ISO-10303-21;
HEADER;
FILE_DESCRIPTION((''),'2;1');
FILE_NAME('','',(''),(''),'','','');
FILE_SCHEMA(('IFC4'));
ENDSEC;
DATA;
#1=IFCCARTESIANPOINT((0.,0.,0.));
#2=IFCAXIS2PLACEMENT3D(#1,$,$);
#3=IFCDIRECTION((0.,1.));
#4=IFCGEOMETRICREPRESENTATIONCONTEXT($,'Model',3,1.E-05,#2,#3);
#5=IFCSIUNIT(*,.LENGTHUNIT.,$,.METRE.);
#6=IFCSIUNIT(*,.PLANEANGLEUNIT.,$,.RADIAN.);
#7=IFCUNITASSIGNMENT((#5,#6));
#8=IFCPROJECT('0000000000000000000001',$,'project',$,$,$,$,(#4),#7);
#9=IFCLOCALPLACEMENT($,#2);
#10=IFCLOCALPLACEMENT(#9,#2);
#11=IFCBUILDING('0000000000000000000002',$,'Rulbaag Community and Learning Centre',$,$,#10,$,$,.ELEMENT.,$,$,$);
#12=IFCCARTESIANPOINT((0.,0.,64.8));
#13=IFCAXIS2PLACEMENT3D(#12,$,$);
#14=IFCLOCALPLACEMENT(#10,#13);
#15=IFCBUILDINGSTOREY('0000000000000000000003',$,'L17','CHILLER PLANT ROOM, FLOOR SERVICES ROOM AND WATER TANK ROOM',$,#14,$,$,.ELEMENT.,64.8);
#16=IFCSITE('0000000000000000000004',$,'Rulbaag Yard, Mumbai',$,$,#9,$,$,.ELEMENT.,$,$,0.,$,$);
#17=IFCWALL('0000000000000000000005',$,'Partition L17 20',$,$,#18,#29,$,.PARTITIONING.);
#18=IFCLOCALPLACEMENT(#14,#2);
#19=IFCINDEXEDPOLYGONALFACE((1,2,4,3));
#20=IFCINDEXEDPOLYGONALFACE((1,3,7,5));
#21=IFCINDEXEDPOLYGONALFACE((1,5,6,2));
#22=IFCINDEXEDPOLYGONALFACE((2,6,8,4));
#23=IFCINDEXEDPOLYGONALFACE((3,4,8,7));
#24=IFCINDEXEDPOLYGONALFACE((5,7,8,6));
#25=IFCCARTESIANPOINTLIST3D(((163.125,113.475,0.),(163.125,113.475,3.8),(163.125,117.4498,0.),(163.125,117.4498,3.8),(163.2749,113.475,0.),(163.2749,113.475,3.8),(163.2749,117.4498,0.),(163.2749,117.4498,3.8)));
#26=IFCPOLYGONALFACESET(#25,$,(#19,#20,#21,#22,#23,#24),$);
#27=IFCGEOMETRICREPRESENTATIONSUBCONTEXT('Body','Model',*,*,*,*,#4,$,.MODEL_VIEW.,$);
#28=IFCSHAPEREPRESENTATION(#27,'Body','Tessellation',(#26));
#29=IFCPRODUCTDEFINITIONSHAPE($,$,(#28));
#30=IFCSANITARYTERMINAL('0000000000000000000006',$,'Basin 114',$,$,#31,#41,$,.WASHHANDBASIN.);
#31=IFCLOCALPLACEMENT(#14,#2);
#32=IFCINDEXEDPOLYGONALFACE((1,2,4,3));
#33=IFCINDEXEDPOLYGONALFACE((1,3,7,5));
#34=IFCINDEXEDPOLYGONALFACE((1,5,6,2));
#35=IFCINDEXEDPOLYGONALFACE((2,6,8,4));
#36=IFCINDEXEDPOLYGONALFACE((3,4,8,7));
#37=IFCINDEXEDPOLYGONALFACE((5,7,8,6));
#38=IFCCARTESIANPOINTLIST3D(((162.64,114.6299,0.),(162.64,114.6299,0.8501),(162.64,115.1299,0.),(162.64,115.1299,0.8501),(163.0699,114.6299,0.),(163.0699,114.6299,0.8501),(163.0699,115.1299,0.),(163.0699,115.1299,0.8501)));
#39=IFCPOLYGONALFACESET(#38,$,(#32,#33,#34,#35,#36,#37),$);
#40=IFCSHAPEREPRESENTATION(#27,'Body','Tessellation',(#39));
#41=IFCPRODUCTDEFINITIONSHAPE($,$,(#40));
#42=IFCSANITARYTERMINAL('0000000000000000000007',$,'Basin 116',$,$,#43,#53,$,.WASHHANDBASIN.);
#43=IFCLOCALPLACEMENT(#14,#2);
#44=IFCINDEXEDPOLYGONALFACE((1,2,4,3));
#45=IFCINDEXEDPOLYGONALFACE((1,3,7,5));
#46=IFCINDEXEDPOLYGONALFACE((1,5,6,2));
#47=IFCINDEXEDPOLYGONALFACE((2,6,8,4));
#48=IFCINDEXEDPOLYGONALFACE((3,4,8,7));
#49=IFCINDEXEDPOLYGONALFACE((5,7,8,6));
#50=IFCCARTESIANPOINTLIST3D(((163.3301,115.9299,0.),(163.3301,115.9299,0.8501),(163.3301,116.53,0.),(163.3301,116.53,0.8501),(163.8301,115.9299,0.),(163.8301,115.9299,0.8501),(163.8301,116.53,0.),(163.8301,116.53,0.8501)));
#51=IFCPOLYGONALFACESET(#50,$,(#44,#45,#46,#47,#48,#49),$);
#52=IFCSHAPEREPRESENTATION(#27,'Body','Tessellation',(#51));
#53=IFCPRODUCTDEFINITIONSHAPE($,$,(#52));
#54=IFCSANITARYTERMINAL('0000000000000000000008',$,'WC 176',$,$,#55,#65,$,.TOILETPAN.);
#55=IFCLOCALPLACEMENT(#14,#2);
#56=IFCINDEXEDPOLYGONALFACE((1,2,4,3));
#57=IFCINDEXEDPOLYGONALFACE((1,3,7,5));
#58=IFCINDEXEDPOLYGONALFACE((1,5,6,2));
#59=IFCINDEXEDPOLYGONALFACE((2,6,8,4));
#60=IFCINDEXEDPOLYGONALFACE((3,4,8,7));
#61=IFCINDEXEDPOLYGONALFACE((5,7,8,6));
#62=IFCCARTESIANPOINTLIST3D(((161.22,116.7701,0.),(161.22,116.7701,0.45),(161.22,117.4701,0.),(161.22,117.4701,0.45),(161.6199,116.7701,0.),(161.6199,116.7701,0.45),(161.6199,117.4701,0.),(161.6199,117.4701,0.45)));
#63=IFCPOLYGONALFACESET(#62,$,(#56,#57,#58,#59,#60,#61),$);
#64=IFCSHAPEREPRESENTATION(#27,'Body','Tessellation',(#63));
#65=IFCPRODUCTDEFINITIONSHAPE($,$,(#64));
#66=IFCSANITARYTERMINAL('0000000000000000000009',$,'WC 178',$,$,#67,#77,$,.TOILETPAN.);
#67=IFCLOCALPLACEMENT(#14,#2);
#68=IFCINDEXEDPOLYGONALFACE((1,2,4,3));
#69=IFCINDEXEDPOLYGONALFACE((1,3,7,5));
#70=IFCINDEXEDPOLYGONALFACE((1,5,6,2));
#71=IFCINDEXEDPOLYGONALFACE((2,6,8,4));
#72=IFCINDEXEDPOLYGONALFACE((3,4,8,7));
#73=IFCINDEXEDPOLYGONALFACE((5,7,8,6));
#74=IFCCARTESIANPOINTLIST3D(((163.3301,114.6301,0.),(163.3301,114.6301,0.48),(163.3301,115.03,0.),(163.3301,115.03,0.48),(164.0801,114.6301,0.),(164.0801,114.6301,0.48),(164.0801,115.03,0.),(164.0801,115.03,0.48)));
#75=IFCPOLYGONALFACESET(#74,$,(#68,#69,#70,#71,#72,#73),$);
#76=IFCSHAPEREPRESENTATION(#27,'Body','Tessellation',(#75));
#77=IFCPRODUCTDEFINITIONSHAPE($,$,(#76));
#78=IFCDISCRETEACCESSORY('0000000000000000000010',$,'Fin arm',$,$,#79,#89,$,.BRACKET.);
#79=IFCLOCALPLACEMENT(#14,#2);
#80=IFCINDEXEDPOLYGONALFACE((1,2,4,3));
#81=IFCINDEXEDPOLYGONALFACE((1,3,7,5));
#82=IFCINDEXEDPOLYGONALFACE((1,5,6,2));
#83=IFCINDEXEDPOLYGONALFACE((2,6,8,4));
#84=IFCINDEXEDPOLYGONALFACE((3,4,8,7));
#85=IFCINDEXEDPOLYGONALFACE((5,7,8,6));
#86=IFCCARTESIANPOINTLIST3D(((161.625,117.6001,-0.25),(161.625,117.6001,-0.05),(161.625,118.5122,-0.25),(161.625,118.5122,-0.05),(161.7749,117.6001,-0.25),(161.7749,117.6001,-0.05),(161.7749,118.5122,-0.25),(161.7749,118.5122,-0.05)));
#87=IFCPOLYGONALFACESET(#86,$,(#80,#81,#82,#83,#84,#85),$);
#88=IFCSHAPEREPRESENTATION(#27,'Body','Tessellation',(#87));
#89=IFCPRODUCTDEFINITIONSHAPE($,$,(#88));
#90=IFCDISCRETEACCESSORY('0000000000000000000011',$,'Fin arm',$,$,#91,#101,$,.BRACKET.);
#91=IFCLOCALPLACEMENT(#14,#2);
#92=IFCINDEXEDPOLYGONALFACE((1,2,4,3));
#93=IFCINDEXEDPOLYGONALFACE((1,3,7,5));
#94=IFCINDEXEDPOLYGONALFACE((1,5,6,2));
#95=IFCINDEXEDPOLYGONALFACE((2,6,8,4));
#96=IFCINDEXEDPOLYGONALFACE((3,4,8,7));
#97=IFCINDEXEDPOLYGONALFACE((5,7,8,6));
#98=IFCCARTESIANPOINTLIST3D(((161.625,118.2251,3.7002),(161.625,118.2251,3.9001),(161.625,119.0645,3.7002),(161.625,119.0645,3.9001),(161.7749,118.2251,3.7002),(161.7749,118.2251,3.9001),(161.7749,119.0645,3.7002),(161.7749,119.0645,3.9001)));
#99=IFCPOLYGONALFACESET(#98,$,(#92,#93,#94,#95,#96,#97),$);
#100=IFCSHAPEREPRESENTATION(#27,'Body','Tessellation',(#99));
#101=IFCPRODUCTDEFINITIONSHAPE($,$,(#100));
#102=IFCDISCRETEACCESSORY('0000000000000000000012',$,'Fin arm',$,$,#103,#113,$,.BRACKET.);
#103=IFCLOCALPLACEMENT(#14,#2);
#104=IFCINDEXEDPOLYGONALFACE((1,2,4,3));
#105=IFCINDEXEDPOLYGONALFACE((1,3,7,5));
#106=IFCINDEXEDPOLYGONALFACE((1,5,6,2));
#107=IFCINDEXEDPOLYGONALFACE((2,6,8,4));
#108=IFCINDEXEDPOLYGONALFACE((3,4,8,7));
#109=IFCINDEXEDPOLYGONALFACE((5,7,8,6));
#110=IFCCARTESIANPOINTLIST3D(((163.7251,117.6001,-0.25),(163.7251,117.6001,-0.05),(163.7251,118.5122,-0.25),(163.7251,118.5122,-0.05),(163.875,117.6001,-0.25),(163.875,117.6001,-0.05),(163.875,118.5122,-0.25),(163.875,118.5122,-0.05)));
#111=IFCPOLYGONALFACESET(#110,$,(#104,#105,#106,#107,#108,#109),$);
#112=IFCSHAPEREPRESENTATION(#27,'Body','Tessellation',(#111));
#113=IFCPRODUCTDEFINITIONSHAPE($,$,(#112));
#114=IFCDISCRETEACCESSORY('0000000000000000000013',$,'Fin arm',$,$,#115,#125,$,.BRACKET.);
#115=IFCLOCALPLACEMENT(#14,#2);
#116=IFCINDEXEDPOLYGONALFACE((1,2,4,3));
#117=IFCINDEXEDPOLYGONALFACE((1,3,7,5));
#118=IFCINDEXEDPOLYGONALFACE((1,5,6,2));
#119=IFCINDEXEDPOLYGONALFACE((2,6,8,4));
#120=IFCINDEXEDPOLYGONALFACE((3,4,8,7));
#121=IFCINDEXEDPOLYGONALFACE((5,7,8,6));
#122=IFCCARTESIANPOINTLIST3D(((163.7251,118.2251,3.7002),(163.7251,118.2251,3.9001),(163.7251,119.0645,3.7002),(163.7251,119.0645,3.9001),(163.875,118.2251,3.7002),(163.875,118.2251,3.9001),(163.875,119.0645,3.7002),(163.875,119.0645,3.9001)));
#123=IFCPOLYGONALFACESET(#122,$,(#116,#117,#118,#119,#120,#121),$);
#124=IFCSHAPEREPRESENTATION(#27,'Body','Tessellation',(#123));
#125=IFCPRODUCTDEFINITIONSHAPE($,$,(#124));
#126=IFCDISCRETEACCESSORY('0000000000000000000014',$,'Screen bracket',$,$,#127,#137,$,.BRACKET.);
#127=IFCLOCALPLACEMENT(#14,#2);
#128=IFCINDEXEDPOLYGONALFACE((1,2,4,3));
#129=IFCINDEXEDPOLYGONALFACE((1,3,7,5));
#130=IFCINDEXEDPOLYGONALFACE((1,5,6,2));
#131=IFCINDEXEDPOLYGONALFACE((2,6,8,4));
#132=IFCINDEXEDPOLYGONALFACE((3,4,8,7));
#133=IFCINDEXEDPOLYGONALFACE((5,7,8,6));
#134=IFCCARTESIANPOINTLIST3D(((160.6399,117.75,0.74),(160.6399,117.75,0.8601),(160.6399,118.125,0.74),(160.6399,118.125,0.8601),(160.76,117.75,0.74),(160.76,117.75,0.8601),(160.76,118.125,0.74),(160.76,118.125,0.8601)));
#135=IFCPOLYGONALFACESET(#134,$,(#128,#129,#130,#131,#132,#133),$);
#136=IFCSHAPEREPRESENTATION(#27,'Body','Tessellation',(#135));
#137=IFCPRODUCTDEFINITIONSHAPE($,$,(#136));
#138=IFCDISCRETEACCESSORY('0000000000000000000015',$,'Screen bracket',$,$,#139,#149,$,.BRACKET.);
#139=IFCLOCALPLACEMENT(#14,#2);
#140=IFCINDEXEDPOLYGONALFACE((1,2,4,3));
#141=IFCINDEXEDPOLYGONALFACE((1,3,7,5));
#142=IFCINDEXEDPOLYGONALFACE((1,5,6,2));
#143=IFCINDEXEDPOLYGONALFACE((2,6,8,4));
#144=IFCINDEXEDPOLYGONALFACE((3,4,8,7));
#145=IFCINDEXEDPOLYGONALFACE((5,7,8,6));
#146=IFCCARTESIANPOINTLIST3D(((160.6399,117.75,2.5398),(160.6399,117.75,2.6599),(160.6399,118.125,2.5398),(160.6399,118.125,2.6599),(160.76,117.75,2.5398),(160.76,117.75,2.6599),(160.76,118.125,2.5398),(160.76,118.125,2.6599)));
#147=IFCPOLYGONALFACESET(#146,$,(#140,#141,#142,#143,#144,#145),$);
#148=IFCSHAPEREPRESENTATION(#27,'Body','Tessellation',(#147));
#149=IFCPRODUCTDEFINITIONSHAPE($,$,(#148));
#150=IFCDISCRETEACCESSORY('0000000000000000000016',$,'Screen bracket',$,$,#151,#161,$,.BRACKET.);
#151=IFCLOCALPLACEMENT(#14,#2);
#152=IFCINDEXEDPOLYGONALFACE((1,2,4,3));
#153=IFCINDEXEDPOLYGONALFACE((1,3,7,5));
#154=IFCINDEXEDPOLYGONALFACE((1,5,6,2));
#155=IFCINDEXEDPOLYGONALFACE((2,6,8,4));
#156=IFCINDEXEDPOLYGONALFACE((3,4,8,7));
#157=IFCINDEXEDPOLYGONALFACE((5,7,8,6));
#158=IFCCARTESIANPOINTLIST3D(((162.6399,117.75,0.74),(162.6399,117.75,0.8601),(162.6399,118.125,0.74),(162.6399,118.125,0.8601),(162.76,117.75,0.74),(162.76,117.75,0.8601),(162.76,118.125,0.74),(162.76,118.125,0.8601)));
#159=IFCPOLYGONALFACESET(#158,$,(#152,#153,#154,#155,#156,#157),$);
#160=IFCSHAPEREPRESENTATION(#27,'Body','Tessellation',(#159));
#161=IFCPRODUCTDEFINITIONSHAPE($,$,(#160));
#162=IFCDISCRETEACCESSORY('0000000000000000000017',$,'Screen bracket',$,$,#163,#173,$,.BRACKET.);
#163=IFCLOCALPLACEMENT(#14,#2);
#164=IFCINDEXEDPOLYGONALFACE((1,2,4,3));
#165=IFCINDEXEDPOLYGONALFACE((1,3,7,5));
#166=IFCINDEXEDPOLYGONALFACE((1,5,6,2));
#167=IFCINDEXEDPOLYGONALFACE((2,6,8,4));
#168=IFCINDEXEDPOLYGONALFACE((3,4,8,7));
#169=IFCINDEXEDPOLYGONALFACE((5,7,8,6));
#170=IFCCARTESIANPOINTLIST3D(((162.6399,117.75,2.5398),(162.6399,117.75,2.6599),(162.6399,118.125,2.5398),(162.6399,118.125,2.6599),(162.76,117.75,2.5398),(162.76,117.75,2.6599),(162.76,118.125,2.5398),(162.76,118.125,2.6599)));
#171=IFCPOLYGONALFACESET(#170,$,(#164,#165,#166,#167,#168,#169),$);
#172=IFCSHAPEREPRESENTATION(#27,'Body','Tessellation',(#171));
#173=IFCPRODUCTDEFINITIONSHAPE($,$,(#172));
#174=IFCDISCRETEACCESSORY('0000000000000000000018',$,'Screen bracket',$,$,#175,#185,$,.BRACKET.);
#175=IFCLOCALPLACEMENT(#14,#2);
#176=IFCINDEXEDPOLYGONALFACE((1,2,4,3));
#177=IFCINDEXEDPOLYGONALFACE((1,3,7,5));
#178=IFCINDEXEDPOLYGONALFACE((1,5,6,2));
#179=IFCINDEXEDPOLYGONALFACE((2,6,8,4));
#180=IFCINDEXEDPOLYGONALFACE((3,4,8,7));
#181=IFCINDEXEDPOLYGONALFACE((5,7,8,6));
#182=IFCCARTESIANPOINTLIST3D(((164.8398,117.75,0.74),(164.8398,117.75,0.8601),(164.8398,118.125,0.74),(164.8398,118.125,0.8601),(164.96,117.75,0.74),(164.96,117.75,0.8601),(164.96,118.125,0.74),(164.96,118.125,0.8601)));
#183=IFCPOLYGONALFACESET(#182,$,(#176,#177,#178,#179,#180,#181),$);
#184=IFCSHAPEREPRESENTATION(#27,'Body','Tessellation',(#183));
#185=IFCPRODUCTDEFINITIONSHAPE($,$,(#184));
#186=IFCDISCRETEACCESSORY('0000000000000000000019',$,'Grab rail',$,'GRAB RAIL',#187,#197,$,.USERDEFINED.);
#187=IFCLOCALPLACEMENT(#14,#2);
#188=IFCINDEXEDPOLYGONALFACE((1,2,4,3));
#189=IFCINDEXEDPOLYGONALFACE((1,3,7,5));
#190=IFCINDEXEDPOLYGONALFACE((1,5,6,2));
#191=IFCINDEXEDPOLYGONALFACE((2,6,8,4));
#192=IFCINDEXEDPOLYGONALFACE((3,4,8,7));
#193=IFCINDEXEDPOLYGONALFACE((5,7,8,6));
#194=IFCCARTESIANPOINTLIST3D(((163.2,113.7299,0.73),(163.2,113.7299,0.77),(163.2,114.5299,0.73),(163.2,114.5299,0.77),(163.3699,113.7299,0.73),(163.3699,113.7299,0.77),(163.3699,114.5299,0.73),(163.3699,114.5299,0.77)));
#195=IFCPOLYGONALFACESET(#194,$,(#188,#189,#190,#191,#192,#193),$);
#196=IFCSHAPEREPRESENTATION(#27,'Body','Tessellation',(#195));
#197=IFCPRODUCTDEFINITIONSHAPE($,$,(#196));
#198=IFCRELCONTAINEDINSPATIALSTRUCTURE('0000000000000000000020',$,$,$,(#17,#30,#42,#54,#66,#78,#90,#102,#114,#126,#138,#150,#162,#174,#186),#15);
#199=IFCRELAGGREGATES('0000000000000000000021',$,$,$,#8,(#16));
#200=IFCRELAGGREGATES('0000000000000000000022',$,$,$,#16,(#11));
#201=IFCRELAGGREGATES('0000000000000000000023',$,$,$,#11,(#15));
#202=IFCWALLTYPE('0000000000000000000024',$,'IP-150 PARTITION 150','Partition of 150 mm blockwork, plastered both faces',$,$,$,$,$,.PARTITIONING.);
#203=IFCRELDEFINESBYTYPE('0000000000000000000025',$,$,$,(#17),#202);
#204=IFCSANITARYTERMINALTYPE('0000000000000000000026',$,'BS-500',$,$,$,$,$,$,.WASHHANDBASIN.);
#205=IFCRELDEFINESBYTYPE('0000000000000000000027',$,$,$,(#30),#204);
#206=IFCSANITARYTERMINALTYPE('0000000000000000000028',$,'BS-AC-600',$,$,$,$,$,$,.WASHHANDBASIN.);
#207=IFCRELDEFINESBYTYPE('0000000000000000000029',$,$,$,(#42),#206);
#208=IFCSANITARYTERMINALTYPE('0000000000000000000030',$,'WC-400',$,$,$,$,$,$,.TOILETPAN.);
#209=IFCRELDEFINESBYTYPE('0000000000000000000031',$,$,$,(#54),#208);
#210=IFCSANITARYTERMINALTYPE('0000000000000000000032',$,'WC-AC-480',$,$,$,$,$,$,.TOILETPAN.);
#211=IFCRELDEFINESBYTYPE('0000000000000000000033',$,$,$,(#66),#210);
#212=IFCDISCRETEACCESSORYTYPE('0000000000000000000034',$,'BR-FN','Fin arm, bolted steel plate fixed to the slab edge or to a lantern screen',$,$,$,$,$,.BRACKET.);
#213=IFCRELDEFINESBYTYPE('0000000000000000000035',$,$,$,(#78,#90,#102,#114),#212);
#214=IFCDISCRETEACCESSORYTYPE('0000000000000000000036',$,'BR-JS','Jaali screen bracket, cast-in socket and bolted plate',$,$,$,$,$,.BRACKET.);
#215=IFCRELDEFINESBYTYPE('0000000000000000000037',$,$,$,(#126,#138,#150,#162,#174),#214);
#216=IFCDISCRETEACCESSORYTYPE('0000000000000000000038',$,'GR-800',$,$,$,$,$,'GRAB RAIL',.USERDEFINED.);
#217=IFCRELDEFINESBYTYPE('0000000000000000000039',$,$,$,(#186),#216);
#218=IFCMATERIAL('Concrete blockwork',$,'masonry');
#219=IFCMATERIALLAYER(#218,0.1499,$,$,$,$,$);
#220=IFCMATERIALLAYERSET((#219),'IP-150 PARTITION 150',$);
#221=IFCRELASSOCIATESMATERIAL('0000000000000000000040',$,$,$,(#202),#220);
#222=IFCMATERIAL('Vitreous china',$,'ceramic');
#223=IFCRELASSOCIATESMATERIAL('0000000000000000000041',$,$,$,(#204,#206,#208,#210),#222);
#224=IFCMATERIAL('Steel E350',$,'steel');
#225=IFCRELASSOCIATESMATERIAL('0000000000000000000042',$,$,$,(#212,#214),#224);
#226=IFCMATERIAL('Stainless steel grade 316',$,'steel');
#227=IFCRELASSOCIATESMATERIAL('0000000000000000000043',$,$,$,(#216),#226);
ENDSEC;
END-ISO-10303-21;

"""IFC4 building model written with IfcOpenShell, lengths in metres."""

from ifc_helpers import new_model, si_unit, direction, frame, frame_2d, origin, origin_2d, place, context, subcontext, project, spatial, rectangle, extrude, material, layer, layer_set, type_object, element, save


model = new_model("IFC4")

# Units and contexts
model_context = context("Model", 3, precision=1e-05, world=origin(), true_north=direction((0.0, 1.0)))
body_context = subcontext(model_context, "Body", "Model", "MODEL_VIEW")
ifc_project = project(units=[si_unit("LENGTHUNIT", "METRE"), si_unit("PLANEANGLEUNIT", "RADIAN")], contexts=[model_context])

# Site, building, storey
site_placement = place(None, origin())
site = spatial("IfcSite", under=ifc_project, at=site_placement, Name="Rulbaag Yard, Mumbai", CompositionType="ELEMENT", RefElevation=0.0)
building_placement = place(site_placement, origin())
building = spatial("IfcBuilding", under=site, at=building_placement, Name="Rulbaag Community and Learning Centre", CompositionType="ELEMENT")
storey_placement = place(building_placement, frame((0.0, 0.0, 64.8)))
storey = spatial("IfcBuildingStorey", under=building, at=storey_placement, Name="L17", Description="CHILLER PLANT ROOM, FLOOR SERVICES ROOM AND WATER TANK ROOM", CompositionType="ELEMENT", Elevation=64.8)

# Shared definitions
ifc_material_1 = material(Name="Concrete blockwork", Category="masonry")

# Shared definitions
ifc_layer_1 = layer(ifc_material_1, 0.1499)
ifc_layer_set_1 = layer_set([ifc_layer_1], Name="IP-150 PARTITION 150")
wall_type_1 = type_object("IfcWallType", Name="IP-150 PARTITION 150", Description="Partition of 150 mm blockwork, plastered both faces", PredefinedType="PARTITIONING", material=ifc_layer_set_1)

# Wall
wall_1_placement = place(storey_placement, frame((163.2, 113.4751, 0.0), z_axis=(0.0, 0.0, 1.0), x_axis=(0.0, 1.0, 0.0)))
element("IfcWall", 1, at=wall_1_placement, inside=storey, type_object=wall_type_1, Name="Partition L17 20", PredefinedType="PARTITIONING", context=body_context, shape_type="SweptSolid", body=[
    extrude(rectangle(XDim=3.9749, YDim=0.1499, at=frame_2d((1.9873, 0.0))), origin(), (0.0, 0.0, 1.0), 3.8),
])

# Shared definitions
ifc_material_2 = material(Name="Stainless steel grade 316", Category="steel")

# Sanitary terminals
ifc_material_3 = material(Name="Vitreous china", Category="ceramic")
sanitary_terminal_type_1 = type_object("IfcSanitaryTerminalType", Name="BS-500", PredefinedType="WASHHANDBASIN", material=ifc_material_3)
sanitary_terminal_1_placement = place(storey_placement, frame((162.855, 114.8799, 0.0), z_axis=(0.0, 0.0, 1.0), x_axis=(1.0, 0.0, 0.0)))
element("IfcSanitaryTerminal", 2, at=sanitary_terminal_1_placement, inside=storey, type_object=sanitary_terminal_type_1, Name="Basin 114", PredefinedType="WASHHANDBASIN", context=body_context, shape_type="SweptSolid", body=[
    extrude(rectangle(XDim=0.4299, YDim=0.5, at=origin_2d()), origin(), (0.0, 0.0, 1.0), 0.8501),
])
sanitary_terminal_type_2 = type_object("IfcSanitaryTerminalType", Name="BS-AC-600", PredefinedType="WASHHANDBASIN", material=ifc_material_3)
sanitary_terminal_2_placement = place(storey_placement, frame((163.5801, 116.23, 0.0), z_axis=(0.0, 0.0, 1.0), x_axis=(1.0, 0.0, 0.0)))
element("IfcSanitaryTerminal", 3, at=sanitary_terminal_2_placement, inside=storey, type_object=sanitary_terminal_type_2, Name="Basin 116", PredefinedType="WASHHANDBASIN", context=body_context, shape_type="SweptSolid", body=[
    extrude(rectangle(XDim=0.5, YDim=0.6001, at=origin_2d()), origin(), (0.0, 0.0, 1.0), 0.8501),
])
sanitary_terminal_type_3 = type_object("IfcSanitaryTerminalType", Name="WC-400", PredefinedType="TOILETPAN", material=ifc_material_3)
sanitary_terminal_3_placement = place(storey_placement, frame((161.4199, 117.1201, 0.0), z_axis=(0.0, 0.0, 1.0), x_axis=(1.0, 0.0, 0.0)))
element("IfcSanitaryTerminal", 4, at=sanitary_terminal_3_placement, inside=storey, type_object=sanitary_terminal_type_3, Name="WC 176", PredefinedType="TOILETPAN", context=body_context, shape_type="SweptSolid", body=[
    extrude(rectangle(XDim=0.3999, YDim=0.7, at=origin_2d()), origin(), (0.0, 0.0, 1.0), 0.45),
])
sanitary_terminal_type_4 = type_object("IfcSanitaryTerminalType", Name="WC-AC-480", PredefinedType="TOILETPAN", material=ifc_material_3)
sanitary_terminal_4_placement = place(storey_placement, frame((163.7051, 114.8301, 0.0), z_axis=(0.0, 0.0, 1.0), x_axis=(1.0, 0.0, 0.0)))
element("IfcSanitaryTerminal", 5, at=sanitary_terminal_4_placement, inside=storey, type_object=sanitary_terminal_type_4, Name="WC 178", PredefinedType="TOILETPAN", context=body_context, shape_type="SweptSolid", body=[
    extrude(rectangle(XDim=0.75, YDim=0.3999, at=origin_2d()), origin(), (0.0, 0.0, 1.0), 0.48),
])

# Discrete accessories
ifc_material_4 = material(Name="Steel E350", Category="steel")
discrete_accessory_type_1 = type_object("IfcDiscreteAccessoryType", Name="BR-FN", Description="Fin arm, bolted steel plate fixed to the slab edge or to a lantern screen", PredefinedType="BRACKET", material=ifc_material_4)
discrete_accessory_1_placement = place(storey_placement, frame((161.7, 118.0562, -0.25), z_axis=(0.0, 0.0, 1.0), x_axis=(1.0, 0.0, 0.0)))
element("IfcDiscreteAccessory", 6, at=discrete_accessory_1_placement, inside=storey, type_object=discrete_accessory_type_1, Name="Fin arm", PredefinedType="BRACKET", context=body_context, shape_type="SweptSolid", body=[
    extrude(rectangle(XDim=0.1499, YDim=0.9121, at=origin_2d()), origin(), (0.0, 0.0, 1.0), 0.2),
])
discrete_accessory_2_placement = place(storey_placement, frame((161.7, 118.6448, 3.7002), z_axis=(0.0, 0.0, 1.0), x_axis=(1.0, 0.0, 0.0)))
element("IfcDiscreteAccessory", 7, at=discrete_accessory_2_placement, inside=storey, type_object=discrete_accessory_type_1, Name="Fin arm", PredefinedType="BRACKET", context=body_context, shape_type="SweptSolid", body=[
    extrude(rectangle(XDim=0.1499, YDim=0.8394, at=origin_2d()), origin(), (0.0, 0.0, 1.0), 0.2),
])
discrete_accessory_3_placement = place(storey_placement, frame((163.8, 118.0562, -0.25), z_axis=(0.0, 0.0, 1.0), x_axis=(1.0, 0.0, 0.0)))
element("IfcDiscreteAccessory", 8, at=discrete_accessory_3_placement, inside=storey, type_object=discrete_accessory_type_1, Name="Fin arm", PredefinedType="BRACKET", context=body_context, shape_type="SweptSolid", body=[
    extrude(rectangle(XDim=0.1499, YDim=0.9121, at=origin_2d()), origin(), (0.0, 0.0, 1.0), 0.2),
])
discrete_accessory_4_placement = place(storey_placement, frame((163.8, 118.6448, 3.7002), z_axis=(0.0, 0.0, 1.0), x_axis=(1.0, 0.0, 0.0)))
element("IfcDiscreteAccessory", 9, at=discrete_accessory_4_placement, inside=storey, type_object=discrete_accessory_type_1, Name="Fin arm", PredefinedType="BRACKET", context=body_context, shape_type="SweptSolid", body=[
    extrude(rectangle(XDim=0.1499, YDim=0.8394, at=origin_2d()), origin(), (0.0, 0.0, 1.0), 0.2),
])
discrete_accessory_type_2 = type_object("IfcDiscreteAccessoryType", Name="BR-JS", Description="Jaali screen bracket, cast-in socket and bolted plate", PredefinedType="BRACKET", material=ifc_material_4)
for number, where, z_axis, x_axis, name in (
    (10, (160.7, 117.9375, 0.74), (0.0, 0.0, 1.0), (1.0, 0.0, 0.0), "Screen bracket"),
    (11, (160.7, 117.9375, 2.5398), (0.0, 0.0, 1.0), (1.0, 0.0, 0.0), "Screen bracket"),
    (12, (162.7, 117.9375, 0.74), (0.0, 0.0, 1.0), (1.0, 0.0, 0.0), "Screen bracket"),
    (13, (162.7, 117.9375, 2.5398), (0.0, 0.0, 1.0), (1.0, 0.0, 0.0), "Screen bracket"),
    (14, (164.8999, 117.9375, 0.74), (0.0, 0.0, 1.0), (1.0, 0.0, 0.0), "Screen bracket"),
):
    element("IfcDiscreteAccessory", number, at=place(storey_placement, frame(where, z_axis=z_axis, x_axis=x_axis)), inside=storey, type_object=discrete_accessory_type_2, Name=name, PredefinedType="BRACKET", context=body_context, shape_type="SweptSolid", body=[
        extrude(rectangle(XDim=0.1201, YDim=0.375, at=origin_2d()), origin(), (0.0, 0.0, 1.0), 0.1201),
    ])
discrete_accessory_type_3 = type_object("IfcDiscreteAccessoryType", Name="GR-800", ElementType="GRAB RAIL", PredefinedType="USERDEFINED", material=ifc_material_2)
for number, where, z_axis, x_axis, name in (
    (15, (163.2849, 114.1299, 0.73), (0.0, 0.0, 1.0), (1.0, 0.0, 0.0), "Grab rail"),
):
    element("IfcDiscreteAccessory", number, at=place(storey_placement, frame(where, z_axis=z_axis, x_axis=x_axis)), inside=storey, type_object=discrete_accessory_type_3, Name=name, ObjectType="GRAB RAIL", PredefinedType="USERDEFINED", context=body_context, shape_type="SweptSolid", body=[
        extrude(rectangle(XDim=0.1699, YDim=0.8, at=origin_2d()), origin(), (0.0, 0.0, 1.0), 0.04),
    ])

save(model, "model.ifc")
